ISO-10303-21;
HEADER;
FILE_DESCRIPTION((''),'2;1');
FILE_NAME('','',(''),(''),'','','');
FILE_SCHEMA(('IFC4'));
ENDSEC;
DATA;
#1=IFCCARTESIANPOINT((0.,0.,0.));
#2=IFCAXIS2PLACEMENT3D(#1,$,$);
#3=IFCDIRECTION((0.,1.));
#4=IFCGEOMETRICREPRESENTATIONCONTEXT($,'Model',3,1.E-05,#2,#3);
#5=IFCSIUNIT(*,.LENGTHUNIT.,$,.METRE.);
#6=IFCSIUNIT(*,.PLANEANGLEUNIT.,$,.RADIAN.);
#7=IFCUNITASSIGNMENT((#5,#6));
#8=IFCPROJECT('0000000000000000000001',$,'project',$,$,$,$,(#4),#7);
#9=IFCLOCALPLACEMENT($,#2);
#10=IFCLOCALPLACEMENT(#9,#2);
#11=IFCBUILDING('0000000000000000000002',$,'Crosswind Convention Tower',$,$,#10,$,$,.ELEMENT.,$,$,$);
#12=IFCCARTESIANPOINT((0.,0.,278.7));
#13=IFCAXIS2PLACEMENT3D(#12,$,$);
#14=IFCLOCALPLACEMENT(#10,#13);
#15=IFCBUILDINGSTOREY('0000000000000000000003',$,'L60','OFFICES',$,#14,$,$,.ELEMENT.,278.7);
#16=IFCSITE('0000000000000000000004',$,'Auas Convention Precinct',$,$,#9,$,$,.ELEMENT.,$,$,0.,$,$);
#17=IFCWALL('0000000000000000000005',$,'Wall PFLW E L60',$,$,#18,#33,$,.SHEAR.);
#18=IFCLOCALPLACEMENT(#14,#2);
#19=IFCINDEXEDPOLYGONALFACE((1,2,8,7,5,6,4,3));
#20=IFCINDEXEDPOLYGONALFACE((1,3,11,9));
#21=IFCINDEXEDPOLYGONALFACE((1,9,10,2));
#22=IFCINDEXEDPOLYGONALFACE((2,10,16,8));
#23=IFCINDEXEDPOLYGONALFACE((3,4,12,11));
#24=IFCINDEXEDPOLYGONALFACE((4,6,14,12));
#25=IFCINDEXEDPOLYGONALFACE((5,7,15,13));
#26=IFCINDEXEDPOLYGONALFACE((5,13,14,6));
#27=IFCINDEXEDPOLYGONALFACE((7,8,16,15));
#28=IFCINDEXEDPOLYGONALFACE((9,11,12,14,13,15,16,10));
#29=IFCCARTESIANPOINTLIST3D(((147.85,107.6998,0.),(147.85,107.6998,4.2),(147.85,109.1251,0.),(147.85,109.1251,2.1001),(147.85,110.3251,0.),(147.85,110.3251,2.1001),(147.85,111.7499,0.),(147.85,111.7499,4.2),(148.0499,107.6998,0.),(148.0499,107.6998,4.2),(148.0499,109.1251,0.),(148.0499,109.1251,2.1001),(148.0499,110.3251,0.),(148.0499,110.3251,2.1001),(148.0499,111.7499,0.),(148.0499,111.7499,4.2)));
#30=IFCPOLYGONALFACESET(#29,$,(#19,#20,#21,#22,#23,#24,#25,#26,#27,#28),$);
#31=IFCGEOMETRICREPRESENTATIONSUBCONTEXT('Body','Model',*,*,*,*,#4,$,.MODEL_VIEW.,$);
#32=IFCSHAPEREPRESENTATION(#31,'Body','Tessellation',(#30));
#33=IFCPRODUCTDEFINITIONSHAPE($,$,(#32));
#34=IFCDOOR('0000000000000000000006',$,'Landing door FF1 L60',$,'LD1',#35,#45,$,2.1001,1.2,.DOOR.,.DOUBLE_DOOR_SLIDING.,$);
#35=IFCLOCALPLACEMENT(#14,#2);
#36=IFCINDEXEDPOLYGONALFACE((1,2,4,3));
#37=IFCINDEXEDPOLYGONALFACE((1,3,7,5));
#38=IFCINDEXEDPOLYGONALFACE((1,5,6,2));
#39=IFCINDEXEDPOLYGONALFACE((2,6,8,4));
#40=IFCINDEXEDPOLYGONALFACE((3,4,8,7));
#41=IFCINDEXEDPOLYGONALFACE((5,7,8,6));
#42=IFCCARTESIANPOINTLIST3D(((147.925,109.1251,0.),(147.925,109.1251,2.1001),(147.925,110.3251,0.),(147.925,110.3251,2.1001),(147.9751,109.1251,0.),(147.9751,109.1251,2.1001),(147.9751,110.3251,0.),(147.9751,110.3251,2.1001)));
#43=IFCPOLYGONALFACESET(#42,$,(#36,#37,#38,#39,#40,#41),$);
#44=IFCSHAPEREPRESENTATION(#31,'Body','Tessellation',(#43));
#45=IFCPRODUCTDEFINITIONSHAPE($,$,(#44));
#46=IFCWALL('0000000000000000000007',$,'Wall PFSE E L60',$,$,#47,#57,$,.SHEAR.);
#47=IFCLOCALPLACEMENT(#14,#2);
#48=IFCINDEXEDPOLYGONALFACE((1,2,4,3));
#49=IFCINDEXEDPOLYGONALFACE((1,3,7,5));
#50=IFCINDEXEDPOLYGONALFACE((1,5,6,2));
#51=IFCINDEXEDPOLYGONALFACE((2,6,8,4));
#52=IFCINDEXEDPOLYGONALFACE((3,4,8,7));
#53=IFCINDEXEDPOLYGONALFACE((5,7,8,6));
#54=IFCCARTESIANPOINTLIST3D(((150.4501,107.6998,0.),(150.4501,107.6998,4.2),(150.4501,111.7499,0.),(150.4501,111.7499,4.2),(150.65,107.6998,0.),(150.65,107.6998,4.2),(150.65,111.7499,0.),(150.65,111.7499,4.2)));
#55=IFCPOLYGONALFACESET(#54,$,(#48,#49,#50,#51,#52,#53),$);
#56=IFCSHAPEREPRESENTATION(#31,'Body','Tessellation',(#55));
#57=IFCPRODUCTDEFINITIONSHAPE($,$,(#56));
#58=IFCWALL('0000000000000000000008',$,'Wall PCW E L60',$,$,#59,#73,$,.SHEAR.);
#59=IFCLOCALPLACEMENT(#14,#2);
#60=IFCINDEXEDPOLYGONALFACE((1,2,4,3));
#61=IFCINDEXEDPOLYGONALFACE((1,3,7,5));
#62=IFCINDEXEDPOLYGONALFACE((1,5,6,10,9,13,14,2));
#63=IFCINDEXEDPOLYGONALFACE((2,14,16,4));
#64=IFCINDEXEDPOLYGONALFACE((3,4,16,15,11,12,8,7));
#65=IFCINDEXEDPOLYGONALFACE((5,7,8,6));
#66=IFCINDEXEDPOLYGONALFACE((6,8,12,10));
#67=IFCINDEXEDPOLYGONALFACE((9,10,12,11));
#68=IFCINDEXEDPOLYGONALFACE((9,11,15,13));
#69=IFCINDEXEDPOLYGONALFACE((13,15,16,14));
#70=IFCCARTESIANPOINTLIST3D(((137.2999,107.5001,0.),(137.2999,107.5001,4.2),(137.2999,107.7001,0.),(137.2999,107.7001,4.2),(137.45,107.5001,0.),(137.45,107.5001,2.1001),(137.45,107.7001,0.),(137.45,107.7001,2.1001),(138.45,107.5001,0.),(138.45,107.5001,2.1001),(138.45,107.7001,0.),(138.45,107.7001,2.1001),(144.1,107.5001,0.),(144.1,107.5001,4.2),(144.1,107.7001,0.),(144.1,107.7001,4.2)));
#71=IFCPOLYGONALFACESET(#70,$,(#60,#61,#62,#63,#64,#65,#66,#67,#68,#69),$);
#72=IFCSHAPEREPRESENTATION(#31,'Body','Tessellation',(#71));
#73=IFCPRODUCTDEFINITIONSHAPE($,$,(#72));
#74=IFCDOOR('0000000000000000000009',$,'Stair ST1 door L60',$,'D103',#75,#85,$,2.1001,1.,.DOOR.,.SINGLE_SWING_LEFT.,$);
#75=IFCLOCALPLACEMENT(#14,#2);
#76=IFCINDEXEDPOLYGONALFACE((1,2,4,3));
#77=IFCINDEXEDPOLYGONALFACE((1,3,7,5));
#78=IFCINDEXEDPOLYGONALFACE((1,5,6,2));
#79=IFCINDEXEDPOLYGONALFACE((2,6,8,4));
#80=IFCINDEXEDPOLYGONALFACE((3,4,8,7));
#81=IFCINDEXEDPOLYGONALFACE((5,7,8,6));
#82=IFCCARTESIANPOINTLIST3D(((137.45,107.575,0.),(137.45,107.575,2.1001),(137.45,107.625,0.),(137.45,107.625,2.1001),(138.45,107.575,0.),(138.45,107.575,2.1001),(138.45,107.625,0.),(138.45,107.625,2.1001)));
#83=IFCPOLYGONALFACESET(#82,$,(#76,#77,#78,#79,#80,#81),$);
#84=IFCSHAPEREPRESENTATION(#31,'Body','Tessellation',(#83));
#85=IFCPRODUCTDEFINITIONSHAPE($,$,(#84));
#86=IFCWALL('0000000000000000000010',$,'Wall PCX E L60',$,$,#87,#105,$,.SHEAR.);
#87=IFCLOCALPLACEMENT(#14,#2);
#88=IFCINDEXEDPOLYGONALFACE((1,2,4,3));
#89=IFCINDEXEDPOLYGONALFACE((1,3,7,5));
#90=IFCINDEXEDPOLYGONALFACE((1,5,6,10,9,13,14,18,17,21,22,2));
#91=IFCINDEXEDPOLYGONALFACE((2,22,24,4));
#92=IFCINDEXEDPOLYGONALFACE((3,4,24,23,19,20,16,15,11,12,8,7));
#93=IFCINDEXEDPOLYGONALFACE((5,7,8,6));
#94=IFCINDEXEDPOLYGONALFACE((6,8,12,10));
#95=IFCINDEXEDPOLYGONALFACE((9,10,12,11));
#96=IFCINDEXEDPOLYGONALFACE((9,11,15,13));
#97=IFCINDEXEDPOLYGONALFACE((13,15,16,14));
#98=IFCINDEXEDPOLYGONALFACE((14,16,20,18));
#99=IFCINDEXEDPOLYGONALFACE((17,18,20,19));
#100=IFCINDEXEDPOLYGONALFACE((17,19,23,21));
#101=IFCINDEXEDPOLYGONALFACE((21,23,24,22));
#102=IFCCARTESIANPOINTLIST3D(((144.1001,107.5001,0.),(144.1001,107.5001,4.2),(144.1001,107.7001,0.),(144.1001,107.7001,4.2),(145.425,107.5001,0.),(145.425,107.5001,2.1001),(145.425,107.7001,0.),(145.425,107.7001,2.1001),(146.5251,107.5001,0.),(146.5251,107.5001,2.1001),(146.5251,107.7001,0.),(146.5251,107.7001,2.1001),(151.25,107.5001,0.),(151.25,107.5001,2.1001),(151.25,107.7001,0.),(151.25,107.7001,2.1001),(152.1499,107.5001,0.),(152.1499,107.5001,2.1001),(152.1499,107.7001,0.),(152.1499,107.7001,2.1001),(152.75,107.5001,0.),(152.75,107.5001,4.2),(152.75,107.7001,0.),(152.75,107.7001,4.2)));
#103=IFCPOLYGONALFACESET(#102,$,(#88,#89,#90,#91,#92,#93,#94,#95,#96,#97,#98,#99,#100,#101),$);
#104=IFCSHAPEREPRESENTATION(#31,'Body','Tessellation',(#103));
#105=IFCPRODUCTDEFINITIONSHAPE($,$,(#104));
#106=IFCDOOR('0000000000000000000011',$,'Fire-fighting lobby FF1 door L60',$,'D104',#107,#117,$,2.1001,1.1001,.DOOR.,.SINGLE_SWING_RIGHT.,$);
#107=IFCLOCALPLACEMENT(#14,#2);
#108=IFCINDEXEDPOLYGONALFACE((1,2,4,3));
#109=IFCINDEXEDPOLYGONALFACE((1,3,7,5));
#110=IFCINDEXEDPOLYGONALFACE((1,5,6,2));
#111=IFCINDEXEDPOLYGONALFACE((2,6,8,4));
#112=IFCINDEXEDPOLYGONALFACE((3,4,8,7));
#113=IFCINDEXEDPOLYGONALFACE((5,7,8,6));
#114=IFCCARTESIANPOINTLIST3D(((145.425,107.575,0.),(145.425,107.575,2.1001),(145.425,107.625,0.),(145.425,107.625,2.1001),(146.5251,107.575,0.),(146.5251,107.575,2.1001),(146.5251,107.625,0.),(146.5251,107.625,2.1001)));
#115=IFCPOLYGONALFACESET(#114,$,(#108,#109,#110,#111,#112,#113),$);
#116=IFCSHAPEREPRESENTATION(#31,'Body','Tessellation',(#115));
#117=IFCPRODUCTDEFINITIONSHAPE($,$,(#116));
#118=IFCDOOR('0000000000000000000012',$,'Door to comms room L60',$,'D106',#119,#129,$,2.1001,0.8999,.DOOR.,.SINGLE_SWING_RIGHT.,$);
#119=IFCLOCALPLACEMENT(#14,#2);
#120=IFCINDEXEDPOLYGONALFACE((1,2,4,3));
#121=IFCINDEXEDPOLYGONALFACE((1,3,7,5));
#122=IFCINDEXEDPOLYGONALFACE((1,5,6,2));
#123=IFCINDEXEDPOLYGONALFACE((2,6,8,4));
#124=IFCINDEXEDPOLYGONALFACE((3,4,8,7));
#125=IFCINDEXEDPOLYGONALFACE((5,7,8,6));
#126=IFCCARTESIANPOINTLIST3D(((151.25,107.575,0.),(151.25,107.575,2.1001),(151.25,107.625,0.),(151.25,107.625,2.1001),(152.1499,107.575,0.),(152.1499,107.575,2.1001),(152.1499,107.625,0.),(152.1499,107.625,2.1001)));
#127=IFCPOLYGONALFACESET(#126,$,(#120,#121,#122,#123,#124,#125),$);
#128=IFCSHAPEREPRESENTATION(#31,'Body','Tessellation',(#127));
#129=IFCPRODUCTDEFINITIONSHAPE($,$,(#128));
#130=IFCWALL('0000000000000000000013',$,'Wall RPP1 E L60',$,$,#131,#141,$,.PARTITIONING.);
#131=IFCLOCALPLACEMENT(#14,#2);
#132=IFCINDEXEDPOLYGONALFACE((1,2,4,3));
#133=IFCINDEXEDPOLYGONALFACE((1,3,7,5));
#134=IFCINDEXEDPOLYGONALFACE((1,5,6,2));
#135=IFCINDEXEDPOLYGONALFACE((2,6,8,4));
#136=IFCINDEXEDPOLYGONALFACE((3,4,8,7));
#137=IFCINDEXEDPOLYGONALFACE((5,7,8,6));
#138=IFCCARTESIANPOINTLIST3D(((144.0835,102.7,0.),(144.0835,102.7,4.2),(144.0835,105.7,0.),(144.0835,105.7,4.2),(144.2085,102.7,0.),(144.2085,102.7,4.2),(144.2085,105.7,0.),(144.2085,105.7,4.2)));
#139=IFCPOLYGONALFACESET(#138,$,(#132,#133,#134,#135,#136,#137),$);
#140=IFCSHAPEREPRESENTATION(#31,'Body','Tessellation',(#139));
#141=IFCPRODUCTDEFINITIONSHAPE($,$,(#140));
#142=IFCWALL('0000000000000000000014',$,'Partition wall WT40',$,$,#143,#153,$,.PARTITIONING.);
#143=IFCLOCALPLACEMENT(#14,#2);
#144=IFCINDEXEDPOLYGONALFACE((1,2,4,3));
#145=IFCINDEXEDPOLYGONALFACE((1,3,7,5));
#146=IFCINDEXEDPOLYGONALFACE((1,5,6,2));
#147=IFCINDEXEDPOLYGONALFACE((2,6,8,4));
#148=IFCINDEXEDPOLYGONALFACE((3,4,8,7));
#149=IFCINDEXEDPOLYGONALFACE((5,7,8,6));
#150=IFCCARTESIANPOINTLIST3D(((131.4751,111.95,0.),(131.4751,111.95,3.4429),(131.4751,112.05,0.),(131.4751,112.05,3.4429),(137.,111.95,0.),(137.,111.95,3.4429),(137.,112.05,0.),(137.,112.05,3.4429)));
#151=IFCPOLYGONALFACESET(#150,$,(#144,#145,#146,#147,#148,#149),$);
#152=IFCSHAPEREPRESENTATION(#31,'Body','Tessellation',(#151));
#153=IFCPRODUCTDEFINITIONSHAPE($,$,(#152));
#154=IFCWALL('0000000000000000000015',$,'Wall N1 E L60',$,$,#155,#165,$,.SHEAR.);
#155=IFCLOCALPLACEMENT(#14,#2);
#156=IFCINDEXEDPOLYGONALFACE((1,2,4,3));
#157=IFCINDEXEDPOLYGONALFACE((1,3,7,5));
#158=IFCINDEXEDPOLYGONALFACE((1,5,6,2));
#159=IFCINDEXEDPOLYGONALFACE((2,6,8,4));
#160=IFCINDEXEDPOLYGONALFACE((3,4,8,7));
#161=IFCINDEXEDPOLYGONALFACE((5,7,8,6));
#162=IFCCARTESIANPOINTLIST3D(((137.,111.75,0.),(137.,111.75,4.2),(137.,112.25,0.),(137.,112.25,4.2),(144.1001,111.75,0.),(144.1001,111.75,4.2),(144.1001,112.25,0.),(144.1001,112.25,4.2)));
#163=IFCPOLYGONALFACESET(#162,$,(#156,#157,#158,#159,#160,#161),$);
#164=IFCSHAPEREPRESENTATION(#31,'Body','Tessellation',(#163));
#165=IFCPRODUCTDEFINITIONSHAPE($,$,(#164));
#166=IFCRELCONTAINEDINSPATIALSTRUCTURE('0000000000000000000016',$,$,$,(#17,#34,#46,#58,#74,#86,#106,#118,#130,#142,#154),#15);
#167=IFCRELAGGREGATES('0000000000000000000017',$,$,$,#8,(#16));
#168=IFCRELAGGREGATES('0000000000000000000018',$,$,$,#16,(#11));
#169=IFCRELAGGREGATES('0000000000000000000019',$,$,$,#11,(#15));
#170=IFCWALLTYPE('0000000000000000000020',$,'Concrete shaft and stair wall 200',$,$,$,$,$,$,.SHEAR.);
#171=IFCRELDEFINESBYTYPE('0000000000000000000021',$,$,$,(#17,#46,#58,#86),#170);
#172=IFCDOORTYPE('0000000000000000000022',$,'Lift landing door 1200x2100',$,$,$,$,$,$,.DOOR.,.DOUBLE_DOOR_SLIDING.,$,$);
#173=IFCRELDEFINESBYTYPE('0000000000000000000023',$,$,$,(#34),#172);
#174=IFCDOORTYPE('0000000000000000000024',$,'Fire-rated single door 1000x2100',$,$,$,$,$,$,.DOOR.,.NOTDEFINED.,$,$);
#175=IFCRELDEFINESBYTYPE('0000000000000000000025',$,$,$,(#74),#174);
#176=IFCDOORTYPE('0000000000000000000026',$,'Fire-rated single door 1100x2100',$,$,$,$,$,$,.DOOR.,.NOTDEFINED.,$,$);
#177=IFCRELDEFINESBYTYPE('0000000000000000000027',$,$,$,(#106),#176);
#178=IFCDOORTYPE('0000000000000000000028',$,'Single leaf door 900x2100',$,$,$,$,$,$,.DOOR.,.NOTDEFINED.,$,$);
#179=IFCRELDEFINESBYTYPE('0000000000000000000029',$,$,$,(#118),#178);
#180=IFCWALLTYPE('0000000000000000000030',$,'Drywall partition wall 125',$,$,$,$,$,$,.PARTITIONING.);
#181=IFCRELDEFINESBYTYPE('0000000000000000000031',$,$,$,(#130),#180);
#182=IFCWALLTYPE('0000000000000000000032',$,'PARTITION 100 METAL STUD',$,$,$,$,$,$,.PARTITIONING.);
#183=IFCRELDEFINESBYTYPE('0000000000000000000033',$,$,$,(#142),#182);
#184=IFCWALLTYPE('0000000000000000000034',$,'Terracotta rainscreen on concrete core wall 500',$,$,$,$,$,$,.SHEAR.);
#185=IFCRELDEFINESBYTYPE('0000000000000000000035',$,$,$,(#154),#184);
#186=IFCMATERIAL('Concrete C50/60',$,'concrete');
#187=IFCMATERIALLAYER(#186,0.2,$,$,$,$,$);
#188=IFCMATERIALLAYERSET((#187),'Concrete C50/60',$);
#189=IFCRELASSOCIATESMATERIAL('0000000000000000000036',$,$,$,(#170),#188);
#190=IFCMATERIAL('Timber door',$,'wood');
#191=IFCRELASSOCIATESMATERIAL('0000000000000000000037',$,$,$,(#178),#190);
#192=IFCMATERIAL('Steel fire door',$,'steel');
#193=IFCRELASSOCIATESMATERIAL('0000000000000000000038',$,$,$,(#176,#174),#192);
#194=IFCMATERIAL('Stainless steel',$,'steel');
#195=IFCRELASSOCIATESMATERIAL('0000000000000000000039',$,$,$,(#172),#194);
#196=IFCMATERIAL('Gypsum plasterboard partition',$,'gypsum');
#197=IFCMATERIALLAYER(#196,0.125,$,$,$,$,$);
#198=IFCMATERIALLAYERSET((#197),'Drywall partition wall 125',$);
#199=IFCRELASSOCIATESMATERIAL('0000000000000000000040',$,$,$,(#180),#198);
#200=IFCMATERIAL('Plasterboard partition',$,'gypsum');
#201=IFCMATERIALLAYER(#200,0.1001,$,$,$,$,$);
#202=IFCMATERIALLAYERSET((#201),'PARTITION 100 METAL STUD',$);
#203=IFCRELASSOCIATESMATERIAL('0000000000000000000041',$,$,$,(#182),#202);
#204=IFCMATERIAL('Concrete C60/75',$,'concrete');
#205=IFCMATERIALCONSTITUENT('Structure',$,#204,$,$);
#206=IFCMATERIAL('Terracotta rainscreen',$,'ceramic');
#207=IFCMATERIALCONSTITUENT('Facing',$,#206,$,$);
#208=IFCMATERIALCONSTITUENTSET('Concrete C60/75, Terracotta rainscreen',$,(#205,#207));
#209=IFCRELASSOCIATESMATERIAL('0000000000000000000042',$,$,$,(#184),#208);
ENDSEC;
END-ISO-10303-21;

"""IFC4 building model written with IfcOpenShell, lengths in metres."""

from ifc_helpers import new_model, si_unit, direction, frame, frame_2d, origin, place, context, subcontext, project, spatial, rectangle, extrude, material, layer, layer_set, constituent, constituent_set, type_object, element, fill, save


model = new_model("IFC4")

# Units and contexts
model_context = context("Model", 3, precision=1e-05, world=origin(), true_north=direction((0.0, 1.0)))
body_context = subcontext(model_context, "Body", "Model", "MODEL_VIEW")
ifc_project = project(units=[si_unit("LENGTHUNIT", "METRE"), si_unit("PLANEANGLEUNIT", "RADIAN")], contexts=[model_context])

# Site, building, storey
site_placement = place(None, origin())
site = spatial("IfcSite", under=ifc_project, at=site_placement, Name="Auas Convention Precinct", CompositionType="ELEMENT", RefElevation=0.0)
building_placement = place(site_placement, origin())
building = spatial("IfcBuilding", under=site, at=building_placement, Name="Crosswind Convention Tower", CompositionType="ELEMENT")
storey_placement = place(building_placement, frame((0.0, 0.0, 278.7)))
storey = spatial("IfcBuildingStorey", under=building, at=storey_placement, Name="L60", Description="OFFICES", CompositionType="ELEMENT", Elevation=278.7)

# Shared definitions
ifc_material_1 = material(Name="Concrete C50/60", Category="concrete")
ifc_layer_1 = layer(ifc_material_1, 0.2)
ifc_layer_set_1 = layer_set([ifc_layer_1], Name="Concrete C50/60")
wall_type_1 = type_object("IfcWallType", Name="Concrete shaft and stair wall 200", PredefinedType="SHEAR", material=ifc_layer_set_1)

# Shared definitions
ifc_material_2 = material(Name="Timber door", Category="wood")
door_type_1 = type_object("IfcDoorType", Name="Single leaf door 900x2100", OperationType="NOTDEFINED", PredefinedType="DOOR", material=ifc_material_2)

# Shared definitions
ifc_material_3 = material(Name="Steel fire door", Category="steel")
door_type_2 = type_object("IfcDoorType", Name="Fire-rated single door 1100x2100", OperationType="NOTDEFINED", PredefinedType="DOOR", material=ifc_material_3)

# Wall, opening, door
wall_1_placement = place(storey_placement, frame((147.95, 107.7, 0.0), z_axis=(0.0, 0.0, 1.0), x_axis=(0.0, 1.0, 0.0)))
wall_1 = element("IfcWall", 1, at=wall_1_placement, inside=storey, type_object=wall_type_1, Name="Wall PFLW E L60", PredefinedType="SHEAR", context=body_context, shape_type="SweptSolid", body=[
    extrude(rectangle(XDim=4.05, YDim=0.2, at=frame_2d((2.0249, 0.0))), origin(), (0.0, 0.0, 1.0), 4.2),
])
opening_1_placement = place(wall_1_placement, frame((1.425, 0.0, 0.0)))
opening_1 = element("IfcOpeningElement", 2, at=opening_1_placement, cuts=wall_1, PredefinedType="OPENING", context=body_context, shape_type="SweptSolid", body=[
    extrude(rectangle(XDim=1.2, YDim=2.1001, at=frame_2d((0.6001, 1.05))), frame((0.0, 0.1099, 0.0), z_axis=(0.0, -1.0, 0.0), x_axis=(1.0, 0.0, 0.0)), (0.0, 0.0, 1.0), 0.22),
])
ifc_material_4 = material(Name="Stainless steel", Category="steel")
door_type_3 = type_object("IfcDoorType", Name="Lift landing door 1200x2100", OperationType="DOUBLE_DOOR_SLIDING", PredefinedType="DOOR", material=ifc_material_4)
door_1_placement = place(opening_1_placement, origin())
door_1 = element("IfcDoor", 3, at=door_1_placement, inside=storey, type_object=door_type_3, Name="Landing door FF1 L60", ObjectType="LD1", OperationType="DOUBLE_DOOR_SLIDING", OverallHeight=2.1001, OverallWidth=1.2, PredefinedType="DOOR", context=body_context, shape_type="SweptSolid", body=[
    extrude(rectangle(XDim=1.2, YDim=2.1001, at=frame_2d((0.6001, 1.05))), frame((0.0, 0.0249, 0.0), z_axis=(0.0, -1.0, 0.0), x_axis=(1.0, 0.0, 0.0)), (0.0, 0.0, 1.0), 0.05),
])
fill(opening_1, door_1)

# Wall
wall_2_placement = place(storey_placement, frame((150.55, 107.7, 0.0), z_axis=(0.0, 0.0, 1.0), x_axis=(0.0, 1.0, 0.0)))
element("IfcWall", 4, at=wall_2_placement, inside=storey, type_object=wall_type_1, Name="Wall PFSE E L60", PredefinedType="SHEAR", context=body_context, shape_type="SweptSolid", body=[
    extrude(rectangle(XDim=4.05, YDim=0.2, at=frame_2d((2.0249, 0.0))), origin(), (0.0, 0.0, 1.0), 4.2),
])

# Wall, opening, door
wall_3_placement = place(storey_placement, frame((137.3, 107.6001, 0.0), z_axis=(0.0, 0.0, 1.0), x_axis=(1.0, 0.0, 0.0)))
wall_3 = element("IfcWall", 5, at=wall_3_placement, inside=storey, type_object=wall_type_1, Name="Wall PCW E L60", PredefinedType="SHEAR", context=body_context, shape_type="SweptSolid", body=[
    extrude(rectangle(XDim=6.8, YDim=0.2, at=frame_2d((3.3999, 0.0))), origin(), (0.0, 0.0, 1.0), 4.2),
])
opening_2_placement = place(wall_3_placement, frame((0.1499, 0.0, 0.0)))
opening_2 = element("IfcOpeningElement", 6, at=opening_2_placement, cuts=wall_3, PredefinedType="OPENING", context=body_context, shape_type="SweptSolid", body=[
    extrude(rectangle(XDim=1.0, YDim=2.1001, at=frame_2d((0.5, 1.05))), frame((0.0, 0.1099, 0.0), z_axis=(0.0, -1.0, 0.0), x_axis=(1.0, 0.0, 0.0)), (0.0, 0.0, 1.0), 0.22),
])
door_type_4 = type_object("IfcDoorType", Name="Fire-rated single door 1000x2100", OperationType="NOTDEFINED", PredefinedType="DOOR", material=ifc_material_3)
door_2_placement = place(opening_2_placement, origin())
door_2 = element("IfcDoor", 7, at=door_2_placement, inside=storey, type_object=door_type_4, Name="Stair ST1 door L60", ObjectType="D103", OperationType="SINGLE_SWING_LEFT", OverallHeight=2.1001, OverallWidth=1.0, PredefinedType="DOOR", context=body_context, shape_type="SweptSolid", body=[
    extrude(rectangle(XDim=1.0, YDim=2.1001, at=frame_2d((0.5, 1.05))), frame((0.0, 0.0249, 0.0), z_axis=(0.0, -1.0, 0.0), x_axis=(1.0, 0.0, 0.0)), (0.0, 0.0, 1.0), 0.05),
])
fill(opening_2, door_2)

# Wall, openings, doors
wall_4_placement = place(storey_placement, frame((144.1001, 107.6001, 0.0), z_axis=(0.0, 0.0, 1.0), x_axis=(1.0, 0.0, 0.0)))
wall_4 = element("IfcWall", 8, at=wall_4_placement, inside=storey, type_object=wall_type_1, Name="Wall PCX E L60", PredefinedType="SHEAR", context=body_context, shape_type="SweptSolid", body=[
    extrude(rectangle(XDim=8.6499, YDim=0.2, at=frame_2d((4.325, 0.0))), origin(), (0.0, 0.0, 1.0), 4.2),
])
opening_3_placement = place(wall_4_placement, frame((1.325, 0.0, 0.0)))
opening_3 = element("IfcOpeningElement", 9, at=opening_3_placement, cuts=wall_4, PredefinedType="OPENING", context=body_context, shape_type="SweptSolid", body=[
    extrude(rectangle(XDim=1.1001, YDim=2.1001, at=frame_2d((0.55, 1.05))), frame((0.0, 0.1099, 0.0), z_axis=(0.0, -1.0, 0.0), x_axis=(1.0, 0.0, 0.0)), (0.0, 0.0, 1.0), 0.22),
])
opening_4_placement = place(wall_4_placement, frame((7.1499, 0.0, 0.0)))
opening_4 = element("IfcOpeningElement", 10, at=opening_4_placement, cuts=wall_4, PredefinedType="OPENING", context=body_context, shape_type="SweptSolid", body=[
    extrude(rectangle(XDim=0.8999, YDim=2.1001, at=frame_2d((0.45, 1.05))), frame((0.0, 0.1099, 0.0), z_axis=(0.0, -1.0, 0.0), x_axis=(1.0, 0.0, 0.0)), (0.0, 0.0, 1.0), 0.22),
])
door_3_placement = place(opening_3_placement, origin())
door_3 = element("IfcDoor", 11, at=door_3_placement, inside=storey, type_object=door_type_2, Name="Fire-fighting lobby FF1 door L60", ObjectType="D104", OperationType="SINGLE_SWING_RIGHT", OverallHeight=2.1001, OverallWidth=1.1001, PredefinedType="DOOR", context=body_context, shape_type="SweptSolid", body=[
    extrude(rectangle(XDim=1.1001, YDim=2.1001, at=frame_2d((0.55, 1.05))), frame((0.0, 0.0249, 0.0), z_axis=(0.0, -1.0, 0.0), x_axis=(1.0, 0.0, 0.0)), (0.0, 0.0, 1.0), 0.05),
])
fill(opening_3, door_3)
door_4_placement = place(opening_4_placement, origin())
door_4 = element("IfcDoor", 12, at=door_4_placement, inside=storey, type_object=door_type_1, Name="Door to comms room L60", ObjectType="D106", OperationType="SINGLE_SWING_RIGHT", OverallHeight=2.1001, OverallWidth=0.8999, PredefinedType="DOOR", context=body_context, shape_type="SweptSolid", body=[
    extrude(rectangle(XDim=0.8999, YDim=2.1001, at=frame_2d((0.45, 1.05))), frame((0.0, 0.0249, 0.0), z_axis=(0.0, -1.0, 0.0), x_axis=(1.0, 0.0, 0.0)), (0.0, 0.0, 1.0), 0.05),
])
fill(opening_4, door_4)

# Walls
ifc_material_5 = material(Name="Gypsum plasterboard partition", Category="gypsum")
ifc_layer_2 = layer(ifc_material_5, 0.125)
ifc_layer_set_2 = layer_set([ifc_layer_2], Name="Drywall partition wall 125")
wall_type_2 = type_object("IfcWallType", Name="Drywall partition wall 125", PredefinedType="PARTITIONING", material=ifc_layer_set_2)
wall_5_placement = place(storey_placement, frame((144.146, 102.7, 0.0), z_axis=(0.0, 0.0, 1.0), x_axis=(0.0, 1.0, 0.0)))
element("IfcWall", 13, at=wall_5_placement, inside=storey, type_object=wall_type_2, Name="Wall RPP1 E L60", PredefinedType="PARTITIONING", context=body_context, shape_type="SweptSolid", body=[
    extrude(rectangle(XDim=3.0, YDim=0.125, at=frame_2d((1.5, 0.0))), origin(), (0.0, 0.0, 1.0), 4.2),
])
ifc_material_6 = material(Name="Plasterboard partition", Category="gypsum")
ifc_layer_3 = layer(ifc_material_6, 0.1001)
ifc_layer_set_3 = layer_set([ifc_layer_3], Name="PARTITION 100 METAL STUD")
wall_type_3 = type_object("IfcWallType", Name="PARTITION 100 METAL STUD", PredefinedType="PARTITIONING", material=ifc_layer_set_3)
wall_6_placement = place(storey_placement, frame((131.4751, 112.0, 0.0), z_axis=(0.0, 0.0, 1.0), x_axis=(1.0, 0.0, 0.0)))
element("IfcWall", 14, at=wall_6_placement, inside=storey, type_object=wall_type_3, Name="Partition wall WT40", PredefinedType="PARTITIONING", context=body_context, shape_type="SweptSolid", body=[
    extrude(rectangle(XDim=5.5249, YDim=0.1001, at=frame_2d((2.7625, 0.0))), origin(), (0.0, 0.0, 1.0), 3.4429),
])
ifc_material_7 = material(Name="Concrete C60/75", Category="concrete")
ifc_constituent_1 = constituent(ifc_material_7, Name="Structure")
ifc_material_8 = material(Name="Terracotta rainscreen", Category="ceramic")
ifc_constituent_2 = constituent(ifc_material_8, Name="Facing")
ifc_constituent_set = constituent_set(constituents=[ifc_constituent_1, ifc_constituent_2], Name="Concrete C60/75, Terracotta rainscreen")
wall_type_4 = type_object("IfcWallType", Name="Terracotta rainscreen on concrete core wall 500", PredefinedType="SHEAR", material=ifc_constituent_set)
wall_7_placement = place(storey_placement, frame((137.0, 112.0, 0.0), z_axis=(0.0, 0.0, 1.0), x_axis=(1.0, 0.0, 0.0)))
element("IfcWall", 15, at=wall_7_placement, inside=storey, type_object=wall_type_4, Name="Wall N1 E L60", PredefinedType="SHEAR", context=body_context, shape_type="SweptSolid", body=[
    extrude(rectangle(XDim=7.1001, YDim=0.5, at=frame_2d((3.55, 0.0))), origin(), (0.0, 0.0, 1.0), 4.2),
])

save(model, "model.ifc")
